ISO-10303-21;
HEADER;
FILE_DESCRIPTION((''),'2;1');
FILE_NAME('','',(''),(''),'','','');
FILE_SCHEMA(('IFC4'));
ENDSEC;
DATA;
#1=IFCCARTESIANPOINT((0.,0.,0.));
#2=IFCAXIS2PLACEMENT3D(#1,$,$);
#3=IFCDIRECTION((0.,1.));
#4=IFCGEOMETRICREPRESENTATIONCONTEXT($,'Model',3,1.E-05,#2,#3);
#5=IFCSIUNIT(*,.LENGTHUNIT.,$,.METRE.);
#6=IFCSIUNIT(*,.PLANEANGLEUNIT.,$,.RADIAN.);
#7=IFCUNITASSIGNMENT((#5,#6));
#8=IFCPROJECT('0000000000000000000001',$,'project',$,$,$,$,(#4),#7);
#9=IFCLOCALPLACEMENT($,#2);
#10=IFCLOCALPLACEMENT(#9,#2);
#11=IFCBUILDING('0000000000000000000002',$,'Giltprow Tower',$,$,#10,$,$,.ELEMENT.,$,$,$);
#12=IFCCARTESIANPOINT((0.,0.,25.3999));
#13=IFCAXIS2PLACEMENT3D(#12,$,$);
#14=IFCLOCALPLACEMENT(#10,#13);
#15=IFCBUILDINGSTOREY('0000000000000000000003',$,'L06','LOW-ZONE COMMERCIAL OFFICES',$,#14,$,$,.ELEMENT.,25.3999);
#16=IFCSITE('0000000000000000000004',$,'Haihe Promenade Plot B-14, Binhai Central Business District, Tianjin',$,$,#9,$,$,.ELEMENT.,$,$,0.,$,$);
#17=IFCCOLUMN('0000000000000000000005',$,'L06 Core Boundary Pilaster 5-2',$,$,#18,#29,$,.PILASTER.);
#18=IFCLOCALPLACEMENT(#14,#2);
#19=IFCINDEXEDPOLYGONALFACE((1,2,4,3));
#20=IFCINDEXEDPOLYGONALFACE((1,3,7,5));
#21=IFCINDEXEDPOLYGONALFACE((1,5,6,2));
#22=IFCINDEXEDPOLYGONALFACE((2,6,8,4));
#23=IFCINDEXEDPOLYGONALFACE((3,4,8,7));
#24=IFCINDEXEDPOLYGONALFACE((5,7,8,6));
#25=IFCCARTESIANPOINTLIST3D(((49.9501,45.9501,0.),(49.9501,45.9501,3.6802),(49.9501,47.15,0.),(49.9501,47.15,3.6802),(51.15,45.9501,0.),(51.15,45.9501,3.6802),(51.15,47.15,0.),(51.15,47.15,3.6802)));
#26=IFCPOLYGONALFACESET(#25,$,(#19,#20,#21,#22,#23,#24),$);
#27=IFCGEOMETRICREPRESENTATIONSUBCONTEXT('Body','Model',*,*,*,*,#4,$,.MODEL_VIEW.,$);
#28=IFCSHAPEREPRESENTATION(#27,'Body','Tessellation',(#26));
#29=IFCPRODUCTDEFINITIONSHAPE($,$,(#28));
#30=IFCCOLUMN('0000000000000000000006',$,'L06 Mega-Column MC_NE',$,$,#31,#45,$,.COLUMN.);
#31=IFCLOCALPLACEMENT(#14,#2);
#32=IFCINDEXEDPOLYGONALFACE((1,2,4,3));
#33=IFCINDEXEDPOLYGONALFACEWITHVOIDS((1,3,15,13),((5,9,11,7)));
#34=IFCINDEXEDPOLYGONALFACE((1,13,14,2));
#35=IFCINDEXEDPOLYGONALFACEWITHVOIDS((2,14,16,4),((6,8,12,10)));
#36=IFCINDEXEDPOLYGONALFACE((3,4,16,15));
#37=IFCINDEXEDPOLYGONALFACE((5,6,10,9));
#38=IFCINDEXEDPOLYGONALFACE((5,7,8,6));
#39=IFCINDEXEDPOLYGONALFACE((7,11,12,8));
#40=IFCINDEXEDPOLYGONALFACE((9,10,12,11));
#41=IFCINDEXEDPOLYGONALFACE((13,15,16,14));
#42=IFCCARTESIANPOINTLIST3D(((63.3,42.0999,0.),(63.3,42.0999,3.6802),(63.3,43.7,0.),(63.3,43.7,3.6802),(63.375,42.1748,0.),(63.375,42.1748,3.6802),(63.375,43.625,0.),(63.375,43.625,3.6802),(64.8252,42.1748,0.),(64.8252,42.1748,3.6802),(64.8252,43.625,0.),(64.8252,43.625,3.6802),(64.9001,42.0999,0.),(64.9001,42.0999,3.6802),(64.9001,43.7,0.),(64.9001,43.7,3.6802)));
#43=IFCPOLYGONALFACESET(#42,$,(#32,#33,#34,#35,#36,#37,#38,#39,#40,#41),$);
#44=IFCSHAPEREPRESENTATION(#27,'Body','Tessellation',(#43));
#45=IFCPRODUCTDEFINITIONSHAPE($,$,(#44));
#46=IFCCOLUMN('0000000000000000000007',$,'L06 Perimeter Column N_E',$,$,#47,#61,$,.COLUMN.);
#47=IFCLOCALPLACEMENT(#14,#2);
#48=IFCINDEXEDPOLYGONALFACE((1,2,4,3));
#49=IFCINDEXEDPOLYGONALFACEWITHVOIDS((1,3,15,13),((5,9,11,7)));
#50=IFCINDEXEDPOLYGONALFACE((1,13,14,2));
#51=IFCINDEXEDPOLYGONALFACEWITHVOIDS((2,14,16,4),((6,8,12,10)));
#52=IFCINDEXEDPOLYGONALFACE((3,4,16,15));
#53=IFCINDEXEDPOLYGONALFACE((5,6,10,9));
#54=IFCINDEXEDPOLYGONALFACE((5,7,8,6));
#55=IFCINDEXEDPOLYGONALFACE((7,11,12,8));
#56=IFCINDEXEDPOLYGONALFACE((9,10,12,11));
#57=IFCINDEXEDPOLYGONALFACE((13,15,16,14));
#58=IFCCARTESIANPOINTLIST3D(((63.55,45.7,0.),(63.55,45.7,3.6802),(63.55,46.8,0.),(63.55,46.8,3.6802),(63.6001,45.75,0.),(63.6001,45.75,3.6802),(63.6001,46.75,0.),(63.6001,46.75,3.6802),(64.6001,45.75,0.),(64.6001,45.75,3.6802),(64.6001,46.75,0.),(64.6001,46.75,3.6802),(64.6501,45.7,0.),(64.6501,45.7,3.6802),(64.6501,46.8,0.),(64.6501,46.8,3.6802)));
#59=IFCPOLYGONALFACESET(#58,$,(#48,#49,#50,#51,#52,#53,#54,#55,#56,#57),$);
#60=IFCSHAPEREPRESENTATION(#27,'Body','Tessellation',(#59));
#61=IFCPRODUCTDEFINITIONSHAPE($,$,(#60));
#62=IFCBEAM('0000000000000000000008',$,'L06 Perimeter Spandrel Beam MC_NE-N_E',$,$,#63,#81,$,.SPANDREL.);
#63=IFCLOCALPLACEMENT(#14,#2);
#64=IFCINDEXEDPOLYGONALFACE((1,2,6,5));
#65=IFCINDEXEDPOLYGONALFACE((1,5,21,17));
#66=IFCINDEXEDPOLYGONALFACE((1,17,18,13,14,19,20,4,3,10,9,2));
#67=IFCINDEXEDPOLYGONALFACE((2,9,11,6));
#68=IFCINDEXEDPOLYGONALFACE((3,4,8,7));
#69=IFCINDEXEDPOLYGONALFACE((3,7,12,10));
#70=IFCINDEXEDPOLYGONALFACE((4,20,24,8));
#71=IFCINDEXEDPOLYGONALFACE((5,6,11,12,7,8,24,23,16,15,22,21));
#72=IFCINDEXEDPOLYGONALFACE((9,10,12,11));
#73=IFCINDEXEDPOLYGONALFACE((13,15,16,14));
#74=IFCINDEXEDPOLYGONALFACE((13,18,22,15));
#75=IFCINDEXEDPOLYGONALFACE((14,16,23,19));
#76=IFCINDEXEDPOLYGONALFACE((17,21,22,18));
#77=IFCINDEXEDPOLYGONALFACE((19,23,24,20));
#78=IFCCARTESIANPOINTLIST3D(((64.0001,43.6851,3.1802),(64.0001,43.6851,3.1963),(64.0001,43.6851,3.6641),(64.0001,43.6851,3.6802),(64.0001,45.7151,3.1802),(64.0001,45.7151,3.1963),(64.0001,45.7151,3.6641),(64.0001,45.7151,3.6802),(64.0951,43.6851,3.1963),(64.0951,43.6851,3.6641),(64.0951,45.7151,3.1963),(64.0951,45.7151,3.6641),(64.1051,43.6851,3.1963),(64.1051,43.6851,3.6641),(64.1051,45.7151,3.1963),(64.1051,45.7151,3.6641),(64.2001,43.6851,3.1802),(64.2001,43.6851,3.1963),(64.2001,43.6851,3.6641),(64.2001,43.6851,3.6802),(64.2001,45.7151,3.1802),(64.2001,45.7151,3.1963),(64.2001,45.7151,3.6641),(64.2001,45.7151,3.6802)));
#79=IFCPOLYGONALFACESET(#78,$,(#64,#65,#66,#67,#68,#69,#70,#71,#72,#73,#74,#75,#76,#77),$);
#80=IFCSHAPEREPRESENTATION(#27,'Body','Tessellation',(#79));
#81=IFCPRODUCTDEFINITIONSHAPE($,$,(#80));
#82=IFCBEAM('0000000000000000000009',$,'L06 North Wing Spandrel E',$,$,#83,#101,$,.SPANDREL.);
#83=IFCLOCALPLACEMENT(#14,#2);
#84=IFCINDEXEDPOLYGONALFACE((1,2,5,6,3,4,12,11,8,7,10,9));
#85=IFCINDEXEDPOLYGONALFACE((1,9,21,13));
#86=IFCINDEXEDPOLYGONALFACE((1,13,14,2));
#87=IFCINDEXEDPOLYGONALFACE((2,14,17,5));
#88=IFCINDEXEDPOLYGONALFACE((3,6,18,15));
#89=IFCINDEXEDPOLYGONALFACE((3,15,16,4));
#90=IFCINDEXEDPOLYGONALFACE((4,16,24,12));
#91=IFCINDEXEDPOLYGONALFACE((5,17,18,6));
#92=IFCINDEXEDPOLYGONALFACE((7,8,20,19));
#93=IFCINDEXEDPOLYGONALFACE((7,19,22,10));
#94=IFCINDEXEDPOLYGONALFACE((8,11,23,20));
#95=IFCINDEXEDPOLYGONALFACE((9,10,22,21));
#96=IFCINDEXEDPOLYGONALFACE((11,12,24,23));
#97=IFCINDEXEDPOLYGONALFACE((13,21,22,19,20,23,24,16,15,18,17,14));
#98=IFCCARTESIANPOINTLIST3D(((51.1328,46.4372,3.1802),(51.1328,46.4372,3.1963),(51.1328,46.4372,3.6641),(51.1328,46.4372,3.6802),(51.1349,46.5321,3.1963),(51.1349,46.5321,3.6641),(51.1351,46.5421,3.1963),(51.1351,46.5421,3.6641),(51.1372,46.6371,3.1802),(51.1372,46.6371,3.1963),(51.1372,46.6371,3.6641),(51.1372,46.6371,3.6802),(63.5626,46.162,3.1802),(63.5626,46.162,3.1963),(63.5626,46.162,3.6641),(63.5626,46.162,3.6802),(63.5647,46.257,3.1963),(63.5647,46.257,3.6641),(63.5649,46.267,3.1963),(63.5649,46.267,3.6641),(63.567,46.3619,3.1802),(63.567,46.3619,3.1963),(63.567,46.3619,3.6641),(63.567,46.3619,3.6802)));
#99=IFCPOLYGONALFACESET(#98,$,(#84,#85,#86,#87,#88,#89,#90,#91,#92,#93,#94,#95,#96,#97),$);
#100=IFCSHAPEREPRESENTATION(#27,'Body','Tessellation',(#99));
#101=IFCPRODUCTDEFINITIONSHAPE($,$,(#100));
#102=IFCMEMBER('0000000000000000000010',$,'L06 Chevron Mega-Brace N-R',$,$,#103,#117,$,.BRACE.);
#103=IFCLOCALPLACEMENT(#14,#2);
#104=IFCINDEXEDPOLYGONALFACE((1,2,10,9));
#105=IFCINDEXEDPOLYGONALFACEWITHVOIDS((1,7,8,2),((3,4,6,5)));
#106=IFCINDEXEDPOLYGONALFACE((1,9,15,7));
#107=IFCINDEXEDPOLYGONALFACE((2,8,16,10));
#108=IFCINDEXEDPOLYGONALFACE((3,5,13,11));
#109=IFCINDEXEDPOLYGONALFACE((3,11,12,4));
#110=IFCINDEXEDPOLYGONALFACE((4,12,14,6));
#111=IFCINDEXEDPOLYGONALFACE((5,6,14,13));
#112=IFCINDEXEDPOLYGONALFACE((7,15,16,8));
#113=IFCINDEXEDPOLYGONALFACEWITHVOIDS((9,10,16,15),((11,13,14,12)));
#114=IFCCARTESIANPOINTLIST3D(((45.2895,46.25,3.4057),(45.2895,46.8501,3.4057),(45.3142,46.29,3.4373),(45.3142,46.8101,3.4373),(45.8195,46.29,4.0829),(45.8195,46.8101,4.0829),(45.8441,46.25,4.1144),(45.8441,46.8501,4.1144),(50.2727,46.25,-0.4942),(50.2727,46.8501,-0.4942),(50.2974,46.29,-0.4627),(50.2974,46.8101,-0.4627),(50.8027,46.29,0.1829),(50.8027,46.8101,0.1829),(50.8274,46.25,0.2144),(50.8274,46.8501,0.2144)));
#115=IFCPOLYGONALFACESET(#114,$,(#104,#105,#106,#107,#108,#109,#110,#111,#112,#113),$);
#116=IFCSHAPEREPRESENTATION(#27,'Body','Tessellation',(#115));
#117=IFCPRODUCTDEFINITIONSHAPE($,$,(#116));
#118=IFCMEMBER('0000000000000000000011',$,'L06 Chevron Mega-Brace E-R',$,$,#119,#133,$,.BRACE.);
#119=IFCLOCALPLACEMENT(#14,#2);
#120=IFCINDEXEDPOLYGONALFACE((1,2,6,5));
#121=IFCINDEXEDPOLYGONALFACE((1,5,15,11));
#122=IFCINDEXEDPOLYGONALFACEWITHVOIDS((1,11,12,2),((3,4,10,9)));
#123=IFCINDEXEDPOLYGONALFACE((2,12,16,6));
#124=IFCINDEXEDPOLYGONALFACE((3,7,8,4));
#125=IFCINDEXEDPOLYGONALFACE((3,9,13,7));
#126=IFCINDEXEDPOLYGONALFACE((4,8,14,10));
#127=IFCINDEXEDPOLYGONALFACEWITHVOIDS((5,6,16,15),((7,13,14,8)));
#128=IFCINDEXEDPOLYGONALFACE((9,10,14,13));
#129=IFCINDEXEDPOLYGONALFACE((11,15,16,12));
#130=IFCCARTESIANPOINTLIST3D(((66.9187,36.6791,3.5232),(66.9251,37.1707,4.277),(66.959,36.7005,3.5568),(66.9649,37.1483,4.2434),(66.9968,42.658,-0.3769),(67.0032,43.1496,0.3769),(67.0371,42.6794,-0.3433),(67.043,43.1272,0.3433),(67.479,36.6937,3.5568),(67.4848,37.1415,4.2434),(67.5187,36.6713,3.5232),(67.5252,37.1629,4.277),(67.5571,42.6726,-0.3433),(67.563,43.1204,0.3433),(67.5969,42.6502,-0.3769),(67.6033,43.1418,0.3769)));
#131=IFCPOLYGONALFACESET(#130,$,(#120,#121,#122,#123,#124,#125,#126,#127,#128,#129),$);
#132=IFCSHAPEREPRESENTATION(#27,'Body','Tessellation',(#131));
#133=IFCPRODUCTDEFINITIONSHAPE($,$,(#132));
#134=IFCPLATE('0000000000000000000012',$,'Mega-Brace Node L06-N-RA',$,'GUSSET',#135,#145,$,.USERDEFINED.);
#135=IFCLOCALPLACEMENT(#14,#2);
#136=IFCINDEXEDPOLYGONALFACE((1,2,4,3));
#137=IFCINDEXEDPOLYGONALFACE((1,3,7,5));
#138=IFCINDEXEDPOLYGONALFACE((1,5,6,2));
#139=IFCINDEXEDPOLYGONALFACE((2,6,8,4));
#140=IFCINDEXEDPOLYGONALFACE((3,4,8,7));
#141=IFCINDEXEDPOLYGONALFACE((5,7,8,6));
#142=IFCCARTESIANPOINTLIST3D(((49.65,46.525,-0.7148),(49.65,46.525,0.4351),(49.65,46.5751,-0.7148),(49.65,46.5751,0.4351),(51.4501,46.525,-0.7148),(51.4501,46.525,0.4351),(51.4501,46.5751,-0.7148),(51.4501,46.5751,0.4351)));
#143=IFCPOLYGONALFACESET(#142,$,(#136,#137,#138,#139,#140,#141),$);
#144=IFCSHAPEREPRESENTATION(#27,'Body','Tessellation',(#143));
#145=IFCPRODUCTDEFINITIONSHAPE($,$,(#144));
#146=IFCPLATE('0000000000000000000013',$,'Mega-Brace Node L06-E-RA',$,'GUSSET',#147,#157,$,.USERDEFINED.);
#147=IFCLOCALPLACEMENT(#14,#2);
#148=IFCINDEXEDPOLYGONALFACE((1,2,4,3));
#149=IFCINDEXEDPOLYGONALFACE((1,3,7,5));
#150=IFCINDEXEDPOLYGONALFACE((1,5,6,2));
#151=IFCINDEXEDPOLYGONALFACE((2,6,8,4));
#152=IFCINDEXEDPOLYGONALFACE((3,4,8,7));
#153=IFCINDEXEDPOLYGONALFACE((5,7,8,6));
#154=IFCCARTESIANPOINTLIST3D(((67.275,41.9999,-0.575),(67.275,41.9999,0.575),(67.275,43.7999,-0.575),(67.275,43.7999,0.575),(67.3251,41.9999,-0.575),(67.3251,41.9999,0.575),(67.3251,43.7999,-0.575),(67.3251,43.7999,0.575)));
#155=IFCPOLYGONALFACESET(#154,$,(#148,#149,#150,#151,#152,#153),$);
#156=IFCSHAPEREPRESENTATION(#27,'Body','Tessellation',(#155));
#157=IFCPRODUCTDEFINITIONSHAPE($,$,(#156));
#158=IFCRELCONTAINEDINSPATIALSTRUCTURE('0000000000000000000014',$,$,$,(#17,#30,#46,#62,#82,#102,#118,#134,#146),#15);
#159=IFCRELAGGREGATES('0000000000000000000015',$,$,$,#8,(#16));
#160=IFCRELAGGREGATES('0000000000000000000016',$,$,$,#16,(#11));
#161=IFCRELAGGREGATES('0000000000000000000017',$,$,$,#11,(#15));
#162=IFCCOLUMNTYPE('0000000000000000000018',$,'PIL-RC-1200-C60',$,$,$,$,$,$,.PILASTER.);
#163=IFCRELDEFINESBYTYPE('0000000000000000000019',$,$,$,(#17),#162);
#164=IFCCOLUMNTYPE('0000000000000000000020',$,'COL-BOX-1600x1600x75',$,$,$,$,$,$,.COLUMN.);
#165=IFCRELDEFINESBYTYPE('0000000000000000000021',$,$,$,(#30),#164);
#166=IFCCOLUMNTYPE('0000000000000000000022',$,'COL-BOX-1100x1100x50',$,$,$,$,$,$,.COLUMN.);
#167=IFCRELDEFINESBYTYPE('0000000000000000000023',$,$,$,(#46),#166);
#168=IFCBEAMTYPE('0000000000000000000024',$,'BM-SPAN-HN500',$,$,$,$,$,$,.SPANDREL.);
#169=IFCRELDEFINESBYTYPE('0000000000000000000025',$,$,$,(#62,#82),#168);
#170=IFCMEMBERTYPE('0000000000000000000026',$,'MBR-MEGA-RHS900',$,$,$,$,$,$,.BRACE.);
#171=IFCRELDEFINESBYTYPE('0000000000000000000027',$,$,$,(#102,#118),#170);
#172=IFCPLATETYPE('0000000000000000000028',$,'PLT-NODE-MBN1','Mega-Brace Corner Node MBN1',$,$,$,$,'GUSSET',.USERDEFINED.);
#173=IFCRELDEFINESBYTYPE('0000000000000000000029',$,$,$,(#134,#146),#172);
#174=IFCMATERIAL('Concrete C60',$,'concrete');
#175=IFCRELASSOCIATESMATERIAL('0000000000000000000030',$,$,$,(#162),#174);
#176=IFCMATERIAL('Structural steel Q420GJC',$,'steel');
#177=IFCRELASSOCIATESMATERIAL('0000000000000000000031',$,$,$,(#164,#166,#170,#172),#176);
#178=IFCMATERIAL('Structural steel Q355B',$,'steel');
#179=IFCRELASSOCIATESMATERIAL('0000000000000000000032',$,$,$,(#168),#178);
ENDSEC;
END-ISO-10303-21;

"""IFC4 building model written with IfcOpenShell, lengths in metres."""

from ifc_helpers import new_model, si_unit, direction, frame, origin, origin_2d, place, context, subcontext, project, spatial, rectangle, hollow_rectangle, i_section, extrude, source, transform, mapped, material, material_profile, profile_set, type_object, element, save


model = new_model("IFC4")

# Units and contexts
model_context = context("Model", 3, precision=1e-05, world=origin(), true_north=direction((0.0, 1.0)))
body_context = subcontext(model_context, "Body", "Model", "MODEL_VIEW")
ifc_project = project(units=[si_unit("LENGTHUNIT", "METRE"), si_unit("PLANEANGLEUNIT", "RADIAN")], contexts=[model_context])

# Site, building, storey
site_placement = place(None, origin())
site = spatial("IfcSite", under=ifc_project, at=site_placement, Name="Haihe Promenade Plot B-14, Binhai Central Business District, Tianjin", CompositionType="ELEMENT", RefElevation=0.0)
building_placement = place(site_placement, origin())
building = spatial("IfcBuilding", under=site, at=building_placement, Name="Giltprow Tower", CompositionType="ELEMENT")
storey_placement = place(building_placement, frame((0.0, 0.0, 25.3999)))
storey = spatial("IfcBuildingStorey", under=building, at=storey_placement, Name="L06", Description="LOW-ZONE COMMERCIAL OFFICES", CompositionType="ELEMENT", Elevation=25.3999)

# Columns
ifc_material_1 = material(Name="Concrete C60", Category="concrete")
ifc_material_profile_1 = material_profile(ifc_material_1, rectangle(XDim=1.2, YDim=1.2, at=origin_2d()), Name="RC 1200x1200")
ifc_profile_set_1 = profile_set([ifc_material_profile_1], Name="Concrete C60")
column_type_1 = type_object("IfcColumnType", Name="PIL-RC-1200-C60", PredefinedType="PILASTER", material=ifc_profile_set_1)
shared_shape_1 = source(origin(), body_context, "Body", "SweptSolid", [
    extrude(rectangle(XDim=1.2, YDim=1.2, at=origin_2d()), origin(), (0.0, 0.0, 1.0), 3.6802),
])
column_1_placement = place(storey_placement, frame((50.55, 46.55, 0.0), z_axis=(0.0, 0.0, 1.0), x_axis=(1.0, 0.0, 0.0)))
element("IfcColumn", 1, at=column_1_placement, inside=storey, type_object=column_type_1, Name="L06 Core Boundary Pilaster 5-2", PredefinedType="PILASTER", context=body_context, shape_type="MappedRepresentation", body=[
    mapped(shared_shape_1, transform((0.0, 0.0, 0.0), x_axis=(1.0, 0.0, 0.0), y_axis=(0.0, 1.0, 0.0), z_axis=(0.0, 0.0, 1.0), scale=1.0)),
])
ifc_material_2 = material(Name="Structural steel Q420GJC", Category="steel")
ifc_material_profile_2 = material_profile(ifc_material_2, hollow_rectangle(XDim=1.6001, YDim=1.6001, WallThickness=0.075, at=origin_2d()), Name="BOX 1600x1600x75")
ifc_profile_set_2 = profile_set([ifc_material_profile_2], Name="Structural steel Q420GJC")
column_type_2 = type_object("IfcColumnType", Name="COL-BOX-1600x1600x75", PredefinedType="COLUMN", material=ifc_profile_set_2)
shared_shape_2 = source(origin(), body_context, "Body", "SweptSolid", [
    extrude(hollow_rectangle(XDim=1.6001, YDim=1.6001, WallThickness=0.075, at=origin_2d()), origin(), (0.0, 0.0, 1.0), 3.6802),
])
column_2_placement = place(storey_placement, frame((64.1001, 42.8999, 0.0), z_axis=(0.0, 0.0, 1.0), x_axis=(1.0, 0.0, 0.0)))
element("IfcColumn", 2, at=column_2_placement, inside=storey, type_object=column_type_2, Name="L06 Mega-Column MC_NE", PredefinedType="COLUMN", context=body_context, shape_type="MappedRepresentation", body=[
    mapped(shared_shape_2, transform((0.0, 0.0, 0.0), x_axis=(1.0, 0.0, 0.0), y_axis=(0.0, 1.0, 0.0), z_axis=(0.0, 0.0, 1.0), scale=1.0)),
])
ifc_material_profile_3 = material_profile(ifc_material_2, hollow_rectangle(XDim=1.1001, YDim=1.1001, WallThickness=0.05, at=origin_2d()), Name="BOX 1100x1100x50")
ifc_profile_set_3 = profile_set([ifc_material_profile_3], Name="Structural steel Q420GJC")
column_type_3 = type_object("IfcColumnType", Name="COL-BOX-1100x1100x50", PredefinedType="COLUMN", material=ifc_profile_set_3)
shared_shape_3 = source(origin(), body_context, "Body", "SweptSolid", [
    extrude(hollow_rectangle(XDim=1.1001, YDim=1.1001, WallThickness=0.05, at=origin_2d()), origin(), (0.0, 0.0, 1.0), 3.6802),
])
column_3_placement = place(storey_placement, frame((64.1001, 46.25, 0.0), z_axis=(0.0, 0.0, 1.0), x_axis=(1.0, 0.0, 0.0)))
element("IfcColumn", 3, at=column_3_placement, inside=storey, type_object=column_type_3, Name="L06 Perimeter Column N_E", PredefinedType="COLUMN", context=body_context, shape_type="MappedRepresentation", body=[
    mapped(shared_shape_3, transform((0.0, 0.0, 0.0), x_axis=(1.0, 0.0, 0.0), y_axis=(0.0, 1.0, 0.0), z_axis=(0.0, 0.0, 1.0), scale=1.0)),
])

# Beams
ifc_material_3 = material(Name="Structural steel Q355B", Category="steel")
ifc_material_profile_4 = material_profile(ifc_material_3, i_section(OverallWidth=0.2, OverallDepth=0.5, WebThickness=0.01, FlangeThickness=0.0161, at=origin_2d()), Name="HN 500x200x10x16")
ifc_profile_set_4 = profile_set([ifc_material_profile_4], Name="Structural steel Q355B")
beam_type = type_object("IfcBeamType", Name="BM-SPAN-HN500", PredefinedType="SPANDREL", material=ifc_profile_set_4)
shared_shape_4 = source(origin(), body_context, "Body", "SweptSolid", [
    extrude(i_section(OverallWidth=0.2, OverallDepth=0.5, WebThickness=0.01, FlangeThickness=0.0161, at=origin_2d()), origin(), (0.0, 0.0, 1.0), 2.03),
])
beam_1_placement = place(storey_placement, frame((64.1001, 43.6851, 3.4302), z_axis=(0.0, 1.0, 0.0), x_axis=(-1.0, 0.0, 0.0)))
element("IfcBeam", 4, at=beam_1_placement, inside=storey, type_object=beam_type, Name="L06 Perimeter Spandrel Beam MC_NE-N_E", PredefinedType="SPANDREL", context=body_context, shape_type="MappedRepresentation", body=[
    mapped(shared_shape_4, transform((0.0, 0.0, 0.0), x_axis=(1.0, 0.0, 0.0), y_axis=(0.0, 1.0, 0.0), z_axis=(0.0, 0.0, 1.0), scale=1.0)),
])
shared_shape_5 = source(origin(), body_context, "Body", "SweptSolid", [
    extrude(i_section(OverallWidth=0.2, OverallDepth=0.5, WebThickness=0.01, FlangeThickness=0.0161, at=origin_2d()), origin(), (0.0, 0.0, 1.0), 12.4329),
])
beam_2_placement = place(storey_placement, frame((51.135, 46.5371, 3.4302), z_axis=(0.999755, -0.02213, 0.0), x_axis=(0.02213, 0.999755, 0.0)))
element("IfcBeam", 5, at=beam_2_placement, inside=storey, type_object=beam_type, Name="L06 North Wing Spandrel E", PredefinedType="SPANDREL", context=body_context, shape_type="MappedRepresentation", body=[
    mapped(shared_shape_5, transform((0.0, 0.0, 0.0), x_axis=(1.0, 0.0, 0.0), y_axis=(0.0, 1.0, 0.0), z_axis=(0.0, 0.0, 1.0), scale=1.0)),
])

# Members
ifc_material_profile_5 = material_profile(ifc_material_2, hollow_rectangle(XDim=0.6001, YDim=0.8999, WallThickness=0.04, at=origin_2d()), Name="RHS 900x600x40")
ifc_profile_set_5 = profile_set([ifc_material_profile_5], Name="Structural steel Q420GJC")
member_type = type_object("IfcMemberType", Name="MBR-MEGA-RHS900", PredefinedType="BRACE", material=ifc_profile_set_5)
shared_shape_6 = source(origin(), body_context, "Body", "SweptSolid", [
    extrude(hollow_rectangle(XDim=0.6001, YDim=0.8999, WallThickness=0.04, at=origin_2d()), origin(), (0.0, 0.0, 1.0), 6.3279),
])
member_1_placement = place(storey_placement, frame((50.55, 46.55, -0.1399), z_axis=(-0.787502, 0.0, 0.616312), x_axis=(0.0, -1.0, 0.0)))
element("IfcMember", 6, at=member_1_placement, inside=storey, type_object=member_type, Name="L06 Chevron Mega-Brace N-R", PredefinedType="BRACE", context=body_context, shape_type="MappedRepresentation", body=[
    mapped(shared_shape_6, transform((0.0, 0.0, 0.0), x_axis=(1.0, 0.0, 0.0), y_axis=(0.0, 1.0, 0.0), z_axis=(0.0, 0.0, 1.0), scale=1.0)),
])
shared_shape_7 = source(origin(), body_context, "Body", "SweptSolid", [
    extrude(hollow_rectangle(XDim=0.6001, YDim=0.8999, WallThickness=0.04, at=origin_2d()), origin(), (0.0, 0.0, 1.0), 7.1389),
])
member_2_placement = place(storey_placement, frame((67.3, 42.8999, 0.0), z_axis=(-0.010943, -0.837509, 0.546313), x_axis=(0.999915, -0.013065, 0.0)))
element("IfcMember", 7, at=member_2_placement, inside=storey, type_object=member_type, Name="L06 Chevron Mega-Brace E-R", PredefinedType="BRACE", context=body_context, shape_type="MappedRepresentation", body=[
    mapped(shared_shape_7, transform((0.0, 0.0, 0.0), x_axis=(1.0, 0.0, 0.0), y_axis=(0.0, 1.0, 0.0), z_axis=(0.0, 0.0, 1.0), scale=1.0)),
])

# Plates
plate_type = type_object("IfcPlateType", Name="PLT-NODE-MBN1", Description="Mega-Brace Corner Node MBN1", ElementType="GUSSET", PredefinedType="USERDEFINED", material=ifc_material_2)
shared_shape_8 = source(origin(), body_context, "Body", "SweptSolid", [
    extrude(rectangle(XDim=1.8, YDim=0.05, at=origin_2d()), origin(), (0.0, 0.0, 1.0), 1.1499),
])
for number, where, z_axis, x_axis, name in (
    (8, (50.55, 46.55, -0.7148), (0.0, 0.0, 1.0), (1.0, 0.0, 0.0), "Mega-Brace Node L06-N-RA"),
    (9, (67.3, 42.8999, -0.575), (0.0, 0.0, 1.0), (0.0, 1.0, 0.0), "Mega-Brace Node L06-E-RA"),
):
    element("IfcPlate", number, at=place(storey_placement, frame(where, z_axis=z_axis, x_axis=x_axis)), inside=storey, type_object=plate_type, Name=name, ObjectType="GUSSET", PredefinedType="USERDEFINED", context=body_context, shape_type="MappedRepresentation", body=[
        mapped(shared_shape_8, transform((0.0, 0.0, 0.0), x_axis=(1.0, 0.0, 0.0), y_axis=(0.0, 1.0, 0.0), z_axis=(0.0, 0.0, 1.0), scale=1.0)),
    ])

save(model, "model.ifc")
